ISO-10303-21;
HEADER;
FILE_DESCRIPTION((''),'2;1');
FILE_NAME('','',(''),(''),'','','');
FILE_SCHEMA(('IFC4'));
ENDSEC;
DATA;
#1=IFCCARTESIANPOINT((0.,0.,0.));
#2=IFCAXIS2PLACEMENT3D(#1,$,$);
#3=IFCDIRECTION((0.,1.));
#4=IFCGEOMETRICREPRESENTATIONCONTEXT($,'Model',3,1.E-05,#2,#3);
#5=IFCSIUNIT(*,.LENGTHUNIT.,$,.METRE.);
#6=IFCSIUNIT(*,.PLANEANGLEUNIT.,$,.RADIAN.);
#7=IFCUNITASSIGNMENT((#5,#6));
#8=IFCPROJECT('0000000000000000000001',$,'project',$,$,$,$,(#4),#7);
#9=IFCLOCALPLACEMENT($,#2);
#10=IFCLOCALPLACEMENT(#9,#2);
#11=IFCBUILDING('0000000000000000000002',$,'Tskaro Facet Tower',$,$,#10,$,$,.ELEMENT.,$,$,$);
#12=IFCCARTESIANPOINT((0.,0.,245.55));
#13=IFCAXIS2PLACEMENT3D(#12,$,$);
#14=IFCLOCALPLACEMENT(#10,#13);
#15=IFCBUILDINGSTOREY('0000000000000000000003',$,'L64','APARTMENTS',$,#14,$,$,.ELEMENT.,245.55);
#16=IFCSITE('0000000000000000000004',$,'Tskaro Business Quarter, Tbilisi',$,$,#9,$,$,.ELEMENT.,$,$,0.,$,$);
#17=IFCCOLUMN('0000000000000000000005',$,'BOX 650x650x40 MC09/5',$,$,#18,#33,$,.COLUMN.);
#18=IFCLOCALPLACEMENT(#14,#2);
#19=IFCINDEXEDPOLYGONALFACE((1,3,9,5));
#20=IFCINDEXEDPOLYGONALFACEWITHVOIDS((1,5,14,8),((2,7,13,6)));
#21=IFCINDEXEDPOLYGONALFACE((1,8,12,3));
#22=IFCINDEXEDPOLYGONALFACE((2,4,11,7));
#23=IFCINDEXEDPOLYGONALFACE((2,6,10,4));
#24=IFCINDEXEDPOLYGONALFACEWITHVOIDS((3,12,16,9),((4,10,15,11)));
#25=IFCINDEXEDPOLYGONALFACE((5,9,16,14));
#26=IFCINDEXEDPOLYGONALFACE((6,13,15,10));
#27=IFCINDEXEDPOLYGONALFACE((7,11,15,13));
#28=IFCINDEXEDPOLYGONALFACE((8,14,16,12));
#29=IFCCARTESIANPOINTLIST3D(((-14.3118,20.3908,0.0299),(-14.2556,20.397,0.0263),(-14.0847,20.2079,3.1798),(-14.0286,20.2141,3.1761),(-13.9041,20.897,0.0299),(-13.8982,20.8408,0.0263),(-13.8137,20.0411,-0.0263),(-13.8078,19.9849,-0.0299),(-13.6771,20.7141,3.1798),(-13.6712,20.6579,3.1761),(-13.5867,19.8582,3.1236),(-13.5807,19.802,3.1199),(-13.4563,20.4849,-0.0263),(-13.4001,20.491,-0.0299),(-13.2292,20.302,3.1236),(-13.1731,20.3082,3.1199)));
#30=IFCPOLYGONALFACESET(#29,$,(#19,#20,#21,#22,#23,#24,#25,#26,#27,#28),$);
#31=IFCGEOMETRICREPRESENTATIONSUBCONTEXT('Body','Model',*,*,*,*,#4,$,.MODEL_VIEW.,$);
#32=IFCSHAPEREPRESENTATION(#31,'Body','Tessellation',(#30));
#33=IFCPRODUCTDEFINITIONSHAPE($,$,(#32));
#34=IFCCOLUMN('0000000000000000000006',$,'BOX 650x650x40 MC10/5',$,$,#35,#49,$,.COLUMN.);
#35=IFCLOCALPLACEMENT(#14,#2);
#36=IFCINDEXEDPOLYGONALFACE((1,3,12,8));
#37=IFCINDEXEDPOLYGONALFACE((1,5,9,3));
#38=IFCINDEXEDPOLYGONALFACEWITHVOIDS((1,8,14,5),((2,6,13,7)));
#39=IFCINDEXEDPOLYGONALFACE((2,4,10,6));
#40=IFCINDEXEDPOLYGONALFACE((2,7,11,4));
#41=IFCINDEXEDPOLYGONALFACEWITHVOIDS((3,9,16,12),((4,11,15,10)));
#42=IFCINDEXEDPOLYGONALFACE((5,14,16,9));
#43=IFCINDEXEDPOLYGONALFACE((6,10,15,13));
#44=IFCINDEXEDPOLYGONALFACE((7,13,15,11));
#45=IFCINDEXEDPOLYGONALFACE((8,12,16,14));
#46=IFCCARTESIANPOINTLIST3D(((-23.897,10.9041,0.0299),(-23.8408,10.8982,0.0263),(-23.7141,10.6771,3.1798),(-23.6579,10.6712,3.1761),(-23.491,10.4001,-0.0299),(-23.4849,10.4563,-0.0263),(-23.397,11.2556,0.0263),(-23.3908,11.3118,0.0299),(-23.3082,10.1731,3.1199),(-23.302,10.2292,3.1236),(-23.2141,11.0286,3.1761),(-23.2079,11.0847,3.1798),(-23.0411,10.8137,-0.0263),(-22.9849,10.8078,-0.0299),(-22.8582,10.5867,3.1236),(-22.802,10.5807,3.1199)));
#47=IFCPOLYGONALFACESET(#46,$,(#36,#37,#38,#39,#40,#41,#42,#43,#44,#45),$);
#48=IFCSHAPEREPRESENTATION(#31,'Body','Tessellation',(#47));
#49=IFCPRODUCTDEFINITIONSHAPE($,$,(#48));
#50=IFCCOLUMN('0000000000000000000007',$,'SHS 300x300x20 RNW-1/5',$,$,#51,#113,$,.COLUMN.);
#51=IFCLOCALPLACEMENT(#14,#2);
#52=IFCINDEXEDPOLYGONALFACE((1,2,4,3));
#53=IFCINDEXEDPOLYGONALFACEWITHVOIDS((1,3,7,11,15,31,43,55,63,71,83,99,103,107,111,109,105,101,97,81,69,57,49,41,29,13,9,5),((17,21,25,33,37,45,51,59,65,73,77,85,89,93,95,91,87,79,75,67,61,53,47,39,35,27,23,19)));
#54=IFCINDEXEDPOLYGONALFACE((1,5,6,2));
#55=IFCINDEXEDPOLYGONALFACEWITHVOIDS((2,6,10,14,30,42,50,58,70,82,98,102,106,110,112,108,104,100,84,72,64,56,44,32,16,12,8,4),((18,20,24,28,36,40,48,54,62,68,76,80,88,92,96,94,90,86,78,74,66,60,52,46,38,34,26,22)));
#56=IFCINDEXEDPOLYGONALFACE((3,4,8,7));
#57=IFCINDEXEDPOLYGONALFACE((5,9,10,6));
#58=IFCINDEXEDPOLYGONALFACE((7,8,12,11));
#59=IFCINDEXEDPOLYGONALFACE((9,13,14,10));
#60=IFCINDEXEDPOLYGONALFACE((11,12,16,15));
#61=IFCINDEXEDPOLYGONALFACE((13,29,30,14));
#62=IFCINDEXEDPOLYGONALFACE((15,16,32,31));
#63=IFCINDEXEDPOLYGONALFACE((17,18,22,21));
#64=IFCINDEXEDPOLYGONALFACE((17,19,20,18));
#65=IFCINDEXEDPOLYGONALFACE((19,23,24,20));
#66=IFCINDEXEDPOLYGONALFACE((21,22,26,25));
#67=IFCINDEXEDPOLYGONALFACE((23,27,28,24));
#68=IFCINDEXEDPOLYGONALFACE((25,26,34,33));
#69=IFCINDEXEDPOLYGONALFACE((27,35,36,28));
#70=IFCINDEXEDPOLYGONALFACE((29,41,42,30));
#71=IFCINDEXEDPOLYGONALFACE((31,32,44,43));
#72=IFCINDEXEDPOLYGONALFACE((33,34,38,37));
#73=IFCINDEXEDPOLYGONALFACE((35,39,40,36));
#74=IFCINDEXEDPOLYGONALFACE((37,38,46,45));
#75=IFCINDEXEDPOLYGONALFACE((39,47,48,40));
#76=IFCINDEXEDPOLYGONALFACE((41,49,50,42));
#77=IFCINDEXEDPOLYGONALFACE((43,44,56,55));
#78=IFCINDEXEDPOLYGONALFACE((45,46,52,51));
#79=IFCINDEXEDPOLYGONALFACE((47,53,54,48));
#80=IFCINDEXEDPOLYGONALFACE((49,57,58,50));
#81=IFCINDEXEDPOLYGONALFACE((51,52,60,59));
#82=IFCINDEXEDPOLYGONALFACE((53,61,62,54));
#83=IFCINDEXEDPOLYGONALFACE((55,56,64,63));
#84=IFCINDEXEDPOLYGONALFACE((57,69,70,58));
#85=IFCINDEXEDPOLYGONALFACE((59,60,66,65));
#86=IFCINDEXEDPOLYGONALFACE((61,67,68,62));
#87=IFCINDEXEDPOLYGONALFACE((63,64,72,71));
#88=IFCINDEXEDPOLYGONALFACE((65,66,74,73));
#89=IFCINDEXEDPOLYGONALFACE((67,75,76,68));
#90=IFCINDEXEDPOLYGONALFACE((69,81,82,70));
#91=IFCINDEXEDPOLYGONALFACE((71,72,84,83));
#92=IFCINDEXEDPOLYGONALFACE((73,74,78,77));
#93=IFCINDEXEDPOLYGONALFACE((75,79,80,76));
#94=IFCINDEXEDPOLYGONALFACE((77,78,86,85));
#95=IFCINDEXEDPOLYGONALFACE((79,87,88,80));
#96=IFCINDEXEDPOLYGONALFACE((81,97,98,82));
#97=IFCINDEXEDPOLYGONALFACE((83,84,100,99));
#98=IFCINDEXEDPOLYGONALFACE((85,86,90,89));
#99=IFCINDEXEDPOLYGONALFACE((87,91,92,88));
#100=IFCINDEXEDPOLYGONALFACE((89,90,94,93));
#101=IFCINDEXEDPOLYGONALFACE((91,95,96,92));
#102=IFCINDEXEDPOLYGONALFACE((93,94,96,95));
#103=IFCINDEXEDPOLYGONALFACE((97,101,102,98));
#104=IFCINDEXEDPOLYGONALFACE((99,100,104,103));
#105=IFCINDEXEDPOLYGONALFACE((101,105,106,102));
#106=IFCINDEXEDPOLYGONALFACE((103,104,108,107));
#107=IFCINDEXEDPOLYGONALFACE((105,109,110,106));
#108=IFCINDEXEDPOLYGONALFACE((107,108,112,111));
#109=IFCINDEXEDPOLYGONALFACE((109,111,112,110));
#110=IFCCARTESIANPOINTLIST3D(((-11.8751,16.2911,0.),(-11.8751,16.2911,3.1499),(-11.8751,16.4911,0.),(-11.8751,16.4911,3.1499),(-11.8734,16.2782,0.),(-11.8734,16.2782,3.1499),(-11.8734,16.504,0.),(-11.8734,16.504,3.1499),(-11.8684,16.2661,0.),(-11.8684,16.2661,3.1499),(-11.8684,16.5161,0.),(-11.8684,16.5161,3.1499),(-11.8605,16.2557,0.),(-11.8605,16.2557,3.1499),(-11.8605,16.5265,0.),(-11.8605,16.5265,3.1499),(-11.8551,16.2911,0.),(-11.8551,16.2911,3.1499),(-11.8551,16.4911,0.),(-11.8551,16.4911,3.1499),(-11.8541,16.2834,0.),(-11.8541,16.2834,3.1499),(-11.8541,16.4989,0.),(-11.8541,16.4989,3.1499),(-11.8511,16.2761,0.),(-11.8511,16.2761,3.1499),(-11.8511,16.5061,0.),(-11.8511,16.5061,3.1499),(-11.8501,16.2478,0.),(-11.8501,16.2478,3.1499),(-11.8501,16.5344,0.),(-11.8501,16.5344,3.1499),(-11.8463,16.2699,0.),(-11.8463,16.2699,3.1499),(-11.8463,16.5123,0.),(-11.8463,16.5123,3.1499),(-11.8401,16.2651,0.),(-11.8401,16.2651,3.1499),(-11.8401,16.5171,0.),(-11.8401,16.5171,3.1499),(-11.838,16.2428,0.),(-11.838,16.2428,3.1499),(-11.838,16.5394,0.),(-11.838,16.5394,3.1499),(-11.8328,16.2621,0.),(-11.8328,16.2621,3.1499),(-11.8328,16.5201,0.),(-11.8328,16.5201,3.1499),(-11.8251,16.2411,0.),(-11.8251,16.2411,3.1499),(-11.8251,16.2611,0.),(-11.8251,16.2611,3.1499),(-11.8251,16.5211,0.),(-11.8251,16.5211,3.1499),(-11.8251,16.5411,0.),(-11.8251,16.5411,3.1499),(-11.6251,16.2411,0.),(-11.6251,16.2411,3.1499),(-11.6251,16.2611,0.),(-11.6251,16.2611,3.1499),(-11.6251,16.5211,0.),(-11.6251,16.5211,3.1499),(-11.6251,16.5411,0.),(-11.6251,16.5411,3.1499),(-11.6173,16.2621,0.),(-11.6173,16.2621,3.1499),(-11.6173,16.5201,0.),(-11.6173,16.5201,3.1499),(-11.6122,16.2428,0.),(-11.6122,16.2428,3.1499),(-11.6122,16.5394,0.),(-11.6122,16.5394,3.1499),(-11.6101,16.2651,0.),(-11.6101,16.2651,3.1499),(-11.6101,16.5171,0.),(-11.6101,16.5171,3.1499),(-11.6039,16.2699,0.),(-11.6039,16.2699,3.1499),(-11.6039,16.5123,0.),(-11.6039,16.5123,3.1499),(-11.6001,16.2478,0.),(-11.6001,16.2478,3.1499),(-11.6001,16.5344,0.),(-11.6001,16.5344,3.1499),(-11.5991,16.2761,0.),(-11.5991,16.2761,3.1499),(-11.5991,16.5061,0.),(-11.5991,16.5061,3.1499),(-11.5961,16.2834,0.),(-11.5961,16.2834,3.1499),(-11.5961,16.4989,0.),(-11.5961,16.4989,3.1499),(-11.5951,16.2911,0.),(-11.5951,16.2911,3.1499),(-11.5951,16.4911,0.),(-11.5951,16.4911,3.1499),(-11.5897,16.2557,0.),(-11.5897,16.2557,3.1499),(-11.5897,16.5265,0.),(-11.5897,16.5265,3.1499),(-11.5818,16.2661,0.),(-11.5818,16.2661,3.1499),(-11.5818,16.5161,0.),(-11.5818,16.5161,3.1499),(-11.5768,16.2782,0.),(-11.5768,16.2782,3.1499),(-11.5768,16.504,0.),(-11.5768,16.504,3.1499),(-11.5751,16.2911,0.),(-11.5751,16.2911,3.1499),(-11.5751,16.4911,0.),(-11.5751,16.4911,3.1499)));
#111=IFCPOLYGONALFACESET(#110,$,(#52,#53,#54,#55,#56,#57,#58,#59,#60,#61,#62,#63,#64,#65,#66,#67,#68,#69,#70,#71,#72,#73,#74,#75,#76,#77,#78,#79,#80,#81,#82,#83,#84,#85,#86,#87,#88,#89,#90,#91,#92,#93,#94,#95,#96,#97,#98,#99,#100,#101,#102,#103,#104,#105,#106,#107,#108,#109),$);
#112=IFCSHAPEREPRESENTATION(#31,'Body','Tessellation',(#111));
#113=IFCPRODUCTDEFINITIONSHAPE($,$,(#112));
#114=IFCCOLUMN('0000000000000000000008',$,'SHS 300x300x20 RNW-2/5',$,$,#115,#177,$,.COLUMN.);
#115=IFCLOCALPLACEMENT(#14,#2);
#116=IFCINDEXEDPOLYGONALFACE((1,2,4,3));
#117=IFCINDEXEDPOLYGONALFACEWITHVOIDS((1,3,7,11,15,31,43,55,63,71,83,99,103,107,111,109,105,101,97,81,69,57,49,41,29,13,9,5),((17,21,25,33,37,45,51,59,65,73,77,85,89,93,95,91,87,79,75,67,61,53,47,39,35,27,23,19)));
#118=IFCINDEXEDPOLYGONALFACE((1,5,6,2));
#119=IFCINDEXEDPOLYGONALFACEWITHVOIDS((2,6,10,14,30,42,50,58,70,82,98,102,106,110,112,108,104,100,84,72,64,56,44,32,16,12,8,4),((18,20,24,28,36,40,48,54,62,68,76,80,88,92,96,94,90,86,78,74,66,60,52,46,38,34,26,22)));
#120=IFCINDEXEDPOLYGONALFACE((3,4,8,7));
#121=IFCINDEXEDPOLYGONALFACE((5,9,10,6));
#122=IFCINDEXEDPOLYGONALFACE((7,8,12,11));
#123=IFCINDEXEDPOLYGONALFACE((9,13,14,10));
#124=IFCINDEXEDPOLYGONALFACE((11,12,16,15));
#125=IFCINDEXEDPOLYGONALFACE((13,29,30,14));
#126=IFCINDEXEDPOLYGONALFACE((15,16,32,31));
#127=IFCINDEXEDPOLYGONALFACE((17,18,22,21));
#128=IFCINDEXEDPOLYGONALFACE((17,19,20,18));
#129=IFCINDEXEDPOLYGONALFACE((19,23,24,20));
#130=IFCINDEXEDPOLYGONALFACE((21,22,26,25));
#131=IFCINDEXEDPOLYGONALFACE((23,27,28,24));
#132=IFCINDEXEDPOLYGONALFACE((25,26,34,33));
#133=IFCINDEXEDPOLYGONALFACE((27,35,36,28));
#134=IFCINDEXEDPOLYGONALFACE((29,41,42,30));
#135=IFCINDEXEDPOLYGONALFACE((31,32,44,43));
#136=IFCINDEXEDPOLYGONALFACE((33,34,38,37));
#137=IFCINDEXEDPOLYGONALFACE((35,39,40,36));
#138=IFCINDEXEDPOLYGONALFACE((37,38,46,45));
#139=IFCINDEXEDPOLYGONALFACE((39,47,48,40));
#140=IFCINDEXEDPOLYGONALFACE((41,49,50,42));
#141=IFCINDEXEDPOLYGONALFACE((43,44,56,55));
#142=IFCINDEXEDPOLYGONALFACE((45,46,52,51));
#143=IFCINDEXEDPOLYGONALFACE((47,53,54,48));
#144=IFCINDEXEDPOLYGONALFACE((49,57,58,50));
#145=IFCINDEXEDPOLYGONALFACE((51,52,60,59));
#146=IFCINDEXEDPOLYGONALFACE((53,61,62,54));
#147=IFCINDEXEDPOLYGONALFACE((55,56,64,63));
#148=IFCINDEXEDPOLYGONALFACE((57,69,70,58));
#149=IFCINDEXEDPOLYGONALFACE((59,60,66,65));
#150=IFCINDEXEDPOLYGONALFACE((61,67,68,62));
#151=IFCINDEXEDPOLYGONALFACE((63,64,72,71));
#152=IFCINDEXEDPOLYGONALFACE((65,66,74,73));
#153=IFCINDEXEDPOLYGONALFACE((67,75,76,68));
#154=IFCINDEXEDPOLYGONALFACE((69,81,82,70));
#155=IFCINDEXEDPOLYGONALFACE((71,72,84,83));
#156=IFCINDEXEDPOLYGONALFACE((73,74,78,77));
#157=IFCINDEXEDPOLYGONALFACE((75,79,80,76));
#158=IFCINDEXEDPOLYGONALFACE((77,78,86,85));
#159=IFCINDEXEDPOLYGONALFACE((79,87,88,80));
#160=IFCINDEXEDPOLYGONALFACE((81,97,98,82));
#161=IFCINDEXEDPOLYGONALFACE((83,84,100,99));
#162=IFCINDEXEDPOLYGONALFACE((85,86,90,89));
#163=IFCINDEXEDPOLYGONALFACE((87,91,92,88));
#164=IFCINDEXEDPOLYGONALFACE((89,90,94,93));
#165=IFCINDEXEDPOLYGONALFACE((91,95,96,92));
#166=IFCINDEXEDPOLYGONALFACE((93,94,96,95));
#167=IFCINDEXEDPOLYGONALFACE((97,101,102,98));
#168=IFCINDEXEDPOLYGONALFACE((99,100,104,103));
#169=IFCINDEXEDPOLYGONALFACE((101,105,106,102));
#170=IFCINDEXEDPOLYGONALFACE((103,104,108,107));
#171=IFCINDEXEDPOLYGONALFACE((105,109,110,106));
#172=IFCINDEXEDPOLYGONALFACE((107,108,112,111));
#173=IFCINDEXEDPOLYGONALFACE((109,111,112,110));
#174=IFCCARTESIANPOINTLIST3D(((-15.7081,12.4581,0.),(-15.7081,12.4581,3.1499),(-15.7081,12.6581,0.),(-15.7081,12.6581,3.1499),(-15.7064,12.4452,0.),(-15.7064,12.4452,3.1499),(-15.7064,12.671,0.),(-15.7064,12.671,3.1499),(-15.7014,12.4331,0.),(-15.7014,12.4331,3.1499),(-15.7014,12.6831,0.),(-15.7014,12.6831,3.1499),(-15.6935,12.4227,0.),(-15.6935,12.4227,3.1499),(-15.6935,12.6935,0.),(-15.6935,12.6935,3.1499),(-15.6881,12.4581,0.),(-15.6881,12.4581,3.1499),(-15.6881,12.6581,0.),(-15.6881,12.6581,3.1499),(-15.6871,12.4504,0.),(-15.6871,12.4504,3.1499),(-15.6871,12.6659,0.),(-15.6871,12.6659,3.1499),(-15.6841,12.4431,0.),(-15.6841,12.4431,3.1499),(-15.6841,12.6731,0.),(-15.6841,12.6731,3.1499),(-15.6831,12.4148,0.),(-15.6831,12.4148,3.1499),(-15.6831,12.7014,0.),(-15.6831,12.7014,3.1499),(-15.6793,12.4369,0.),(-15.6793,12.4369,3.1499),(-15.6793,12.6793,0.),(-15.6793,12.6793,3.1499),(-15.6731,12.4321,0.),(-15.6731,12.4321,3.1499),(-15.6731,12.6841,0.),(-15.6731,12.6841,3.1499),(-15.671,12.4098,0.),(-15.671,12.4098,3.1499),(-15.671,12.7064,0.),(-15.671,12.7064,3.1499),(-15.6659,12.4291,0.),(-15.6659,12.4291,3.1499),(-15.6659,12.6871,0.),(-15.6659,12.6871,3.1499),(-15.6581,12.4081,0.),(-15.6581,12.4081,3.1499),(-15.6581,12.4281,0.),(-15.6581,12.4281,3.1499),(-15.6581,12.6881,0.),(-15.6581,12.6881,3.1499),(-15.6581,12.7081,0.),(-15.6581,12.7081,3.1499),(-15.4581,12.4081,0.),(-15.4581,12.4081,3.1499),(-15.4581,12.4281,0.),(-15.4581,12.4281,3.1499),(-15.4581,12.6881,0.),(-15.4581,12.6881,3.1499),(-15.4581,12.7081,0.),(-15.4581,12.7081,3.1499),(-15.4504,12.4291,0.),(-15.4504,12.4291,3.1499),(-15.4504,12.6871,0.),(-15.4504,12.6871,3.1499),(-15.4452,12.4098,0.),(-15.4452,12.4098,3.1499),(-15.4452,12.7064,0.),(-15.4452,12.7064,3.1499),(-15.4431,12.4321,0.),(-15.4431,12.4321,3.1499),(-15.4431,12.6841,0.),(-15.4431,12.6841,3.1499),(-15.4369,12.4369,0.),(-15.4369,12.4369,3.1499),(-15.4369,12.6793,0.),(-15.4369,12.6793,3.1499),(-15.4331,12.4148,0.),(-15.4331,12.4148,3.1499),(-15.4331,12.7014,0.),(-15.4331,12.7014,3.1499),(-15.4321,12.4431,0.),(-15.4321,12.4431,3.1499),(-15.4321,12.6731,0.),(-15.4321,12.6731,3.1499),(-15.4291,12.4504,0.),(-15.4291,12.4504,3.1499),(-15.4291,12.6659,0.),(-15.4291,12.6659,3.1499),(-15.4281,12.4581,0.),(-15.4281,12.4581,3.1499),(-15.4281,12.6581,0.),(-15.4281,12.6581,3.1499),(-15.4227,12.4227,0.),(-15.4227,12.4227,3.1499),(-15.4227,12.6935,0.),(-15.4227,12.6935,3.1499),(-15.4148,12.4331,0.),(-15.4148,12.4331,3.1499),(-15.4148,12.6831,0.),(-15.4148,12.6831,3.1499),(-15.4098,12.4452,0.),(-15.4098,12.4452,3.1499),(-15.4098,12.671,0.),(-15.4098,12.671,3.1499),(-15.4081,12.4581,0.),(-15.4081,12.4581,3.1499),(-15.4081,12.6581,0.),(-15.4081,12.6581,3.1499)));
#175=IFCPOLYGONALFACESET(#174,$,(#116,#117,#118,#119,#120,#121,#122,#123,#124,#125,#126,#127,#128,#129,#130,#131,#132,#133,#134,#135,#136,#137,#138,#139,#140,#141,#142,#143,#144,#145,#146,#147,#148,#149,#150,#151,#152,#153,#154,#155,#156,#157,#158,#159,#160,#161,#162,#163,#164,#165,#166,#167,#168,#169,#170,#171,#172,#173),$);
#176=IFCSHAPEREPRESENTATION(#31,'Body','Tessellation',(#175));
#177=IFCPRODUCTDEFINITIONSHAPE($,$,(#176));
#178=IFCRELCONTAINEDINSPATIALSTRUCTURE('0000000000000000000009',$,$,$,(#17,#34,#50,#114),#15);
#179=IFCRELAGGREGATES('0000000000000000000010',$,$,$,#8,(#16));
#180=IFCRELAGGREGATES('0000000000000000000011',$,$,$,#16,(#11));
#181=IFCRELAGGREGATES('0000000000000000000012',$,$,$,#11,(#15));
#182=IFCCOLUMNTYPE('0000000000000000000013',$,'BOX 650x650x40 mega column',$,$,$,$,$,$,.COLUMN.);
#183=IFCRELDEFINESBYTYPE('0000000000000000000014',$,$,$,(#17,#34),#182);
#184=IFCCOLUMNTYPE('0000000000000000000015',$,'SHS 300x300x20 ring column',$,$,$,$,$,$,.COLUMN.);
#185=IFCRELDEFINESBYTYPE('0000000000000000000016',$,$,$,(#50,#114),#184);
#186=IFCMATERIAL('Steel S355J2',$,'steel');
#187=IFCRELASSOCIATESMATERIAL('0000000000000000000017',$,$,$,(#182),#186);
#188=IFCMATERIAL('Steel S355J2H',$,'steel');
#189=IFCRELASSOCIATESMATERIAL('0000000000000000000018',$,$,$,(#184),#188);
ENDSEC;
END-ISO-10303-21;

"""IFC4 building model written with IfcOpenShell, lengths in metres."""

from ifc_helpers import new_model, si_unit, direction, frame, origin, origin_2d, place, context, subcontext, project, spatial, hollow_rectangle, extrude, material, material_profile, profile_set, type_object, element, save


model = new_model("IFC4")

# Units and contexts
model_context = context("Model", 3, precision=1e-05, world=origin(), true_north=direction((0.0, 1.0)))
body_context = subcontext(model_context, "Body", "Model", "MODEL_VIEW")
ifc_project = project(units=[si_unit("LENGTHUNIT", "METRE"), si_unit("PLANEANGLEUNIT", "RADIAN")], contexts=[model_context])

# Site, building, storey
site_placement = place(None, origin())
site = spatial("IfcSite", under=ifc_project, at=site_placement, Name="Tskaro Business Quarter, Tbilisi", CompositionType="ELEMENT", RefElevation=0.0)
building_placement = place(site_placement, origin())
building = spatial("IfcBuilding", under=site, at=building_placement, Name="Tskaro Facet Tower", CompositionType="ELEMENT")
storey_placement = place(building_placement, frame((0.0, 0.0, 245.55)))
storey = spatial("IfcBuildingStorey", under=building, at=storey_placement, Name="L64", Description="APARTMENTS", CompositionType="ELEMENT", Elevation=245.55)

# Columns
ifc_material_1 = material(Name="Steel S355J2", Category="steel")
ifc_material_profile_1 = material_profile(ifc_material_1, hollow_rectangle(XDim=0.6499, YDim=0.6499, WallThickness=0.04, at=origin_2d()), Name="BOX 650x650x40")
ifc_profile_set_1 = profile_set([ifc_material_profile_1], Name="Steel S355J2")
column_type_1 = type_object("IfcColumnType", Name="BOX 650x650x40 mega column", PredefinedType="COLUMN", material=ifc_profile_set_1)
for number, where, z_axis, x_axis, name in (
    (1, (-13.856, 20.4409, 0.0), (0.071775, -0.057806, 0.995744), (0.627245, 0.778822, 0.0), "BOX 650x650x40 MC09/5"),
    (2, (-23.4409, 10.856, 0.0), (0.057806, -0.071775, 0.995744), (0.778822, 0.627245, 0.0), "BOX 650x650x40 MC10/5"),
):
    element("IfcColumn", number, at=place(storey_placement, frame(where, z_axis=z_axis, x_axis=x_axis)), inside=storey, type_object=column_type_1, Name=name, PredefinedType="COLUMN", context=body_context, shape_type="SweptSolid", body=[
        extrude(hollow_rectangle(XDim=0.6499, YDim=0.6499, WallThickness=0.04, at=origin_2d()), origin(), (0.0, 0.0, 1.0), 3.1633),
    ])
ifc_material_2 = material(Name="Steel S355J2H", Category="steel")
ifc_material_profile_2 = material_profile(ifc_material_2, hollow_rectangle(XDim=0.3, YDim=0.3, WallThickness=0.02, InnerFilletRadius=0.03, OuterFilletRadius=0.05, at=origin_2d()), Name="SHS 300x300x20")
ifc_profile_set_2 = profile_set([ifc_material_profile_2], Name="Steel S355J2H")
column_type_2 = type_object("IfcColumnType", Name="SHS 300x300x20 ring column", PredefinedType="COLUMN", material=ifc_profile_set_2)
for number, where, z_axis, x_axis, name in (
    (3, (-11.7251, 16.3911, 0.0), (0.0, 0.0, 1.0), (1.0, 0.0, 0.0), "SHS 300x300x20 RNW-1/5"),
    (4, (-15.5581, 12.5581, 0.0), (0.0, 0.0, 1.0), (1.0, 0.0, 0.0), "SHS 300x300x20 RNW-2/5"),
):
    element("IfcColumn", number, at=place(storey_placement, frame(where, z_axis=z_axis, x_axis=x_axis)), inside=storey, type_object=column_type_2, Name=name, PredefinedType="COLUMN", context=body_context, shape_type="SweptSolid", body=[
        extrude(hollow_rectangle(XDim=0.3, YDim=0.3, WallThickness=0.02, InnerFilletRadius=0.03, OuterFilletRadius=0.05, at=origin_2d()), origin(), (0.0, 0.0, 1.0), 3.1499),
    ])

save(model, "model.ifc")
